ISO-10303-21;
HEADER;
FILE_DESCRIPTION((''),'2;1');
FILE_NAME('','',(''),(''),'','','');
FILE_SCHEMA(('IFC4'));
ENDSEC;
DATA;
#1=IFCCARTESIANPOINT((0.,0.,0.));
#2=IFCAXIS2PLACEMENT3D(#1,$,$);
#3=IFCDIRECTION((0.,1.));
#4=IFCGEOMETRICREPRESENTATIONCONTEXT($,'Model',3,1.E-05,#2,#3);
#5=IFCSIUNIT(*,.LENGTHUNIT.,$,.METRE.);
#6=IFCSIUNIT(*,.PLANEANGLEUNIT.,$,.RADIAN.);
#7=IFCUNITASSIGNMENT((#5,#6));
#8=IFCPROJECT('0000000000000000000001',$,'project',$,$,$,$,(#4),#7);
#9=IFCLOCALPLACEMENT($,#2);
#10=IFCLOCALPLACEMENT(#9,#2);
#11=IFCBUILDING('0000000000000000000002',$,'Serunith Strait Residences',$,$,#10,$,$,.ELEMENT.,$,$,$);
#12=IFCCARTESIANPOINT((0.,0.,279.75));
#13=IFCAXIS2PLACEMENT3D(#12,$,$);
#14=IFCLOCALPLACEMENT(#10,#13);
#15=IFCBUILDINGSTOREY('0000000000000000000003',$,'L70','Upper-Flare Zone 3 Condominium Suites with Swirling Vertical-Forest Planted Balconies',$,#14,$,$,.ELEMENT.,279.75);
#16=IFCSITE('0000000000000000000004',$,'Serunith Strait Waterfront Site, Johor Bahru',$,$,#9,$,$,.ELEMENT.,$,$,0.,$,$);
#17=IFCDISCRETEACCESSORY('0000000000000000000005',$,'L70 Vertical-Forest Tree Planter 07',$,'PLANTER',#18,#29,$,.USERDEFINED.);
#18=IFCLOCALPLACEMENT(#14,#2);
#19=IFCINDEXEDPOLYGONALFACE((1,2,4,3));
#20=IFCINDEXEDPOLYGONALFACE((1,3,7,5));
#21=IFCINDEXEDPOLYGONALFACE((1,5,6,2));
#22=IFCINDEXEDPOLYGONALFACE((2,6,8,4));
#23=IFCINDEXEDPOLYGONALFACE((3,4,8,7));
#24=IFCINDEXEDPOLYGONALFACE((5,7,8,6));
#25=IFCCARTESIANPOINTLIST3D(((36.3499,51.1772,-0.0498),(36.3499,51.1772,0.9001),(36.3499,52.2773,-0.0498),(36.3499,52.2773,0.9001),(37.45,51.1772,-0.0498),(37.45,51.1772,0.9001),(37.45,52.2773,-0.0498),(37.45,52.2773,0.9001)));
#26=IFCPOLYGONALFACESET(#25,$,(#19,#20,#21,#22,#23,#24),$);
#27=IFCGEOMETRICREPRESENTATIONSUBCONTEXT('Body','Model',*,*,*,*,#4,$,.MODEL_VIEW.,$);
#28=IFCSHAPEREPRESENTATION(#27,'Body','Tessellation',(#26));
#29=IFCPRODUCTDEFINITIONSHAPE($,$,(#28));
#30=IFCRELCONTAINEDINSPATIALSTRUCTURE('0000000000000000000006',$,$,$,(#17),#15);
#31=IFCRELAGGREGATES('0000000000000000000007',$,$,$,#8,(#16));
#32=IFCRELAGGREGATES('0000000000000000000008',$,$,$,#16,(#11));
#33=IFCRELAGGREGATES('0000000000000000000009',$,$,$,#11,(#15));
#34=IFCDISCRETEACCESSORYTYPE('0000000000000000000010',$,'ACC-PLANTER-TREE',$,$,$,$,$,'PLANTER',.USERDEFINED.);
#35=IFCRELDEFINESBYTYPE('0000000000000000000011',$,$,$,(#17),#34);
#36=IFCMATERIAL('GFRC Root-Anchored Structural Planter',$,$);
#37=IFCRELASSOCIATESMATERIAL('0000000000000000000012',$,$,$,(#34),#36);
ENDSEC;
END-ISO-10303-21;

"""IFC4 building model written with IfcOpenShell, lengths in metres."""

from ifc_helpers import new_model, si_unit, direction, frame, origin, origin_2d, place, context, subcontext, project, spatial, rectangle, extrude, source, transform, mapped, material, type_object, element, save


model = new_model("IFC4")

# Units and contexts
model_context = context("Model", 3, precision=1e-05, world=origin(), true_north=direction((0.0, 1.0)))
body_context = subcontext(model_context, "Body", "Model", "MODEL_VIEW")
ifc_project = project(units=[si_unit("LENGTHUNIT", "METRE"), si_unit("PLANEANGLEUNIT", "RADIAN")], contexts=[model_context])

# Site, building, storey
site_placement = place(None, origin())
site = spatial("IfcSite", under=ifc_project, at=site_placement, Name="Serunith Strait Waterfront Site, Johor Bahru", CompositionType="ELEMENT", RefElevation=0.0)
building_placement = place(site_placement, origin())
building = spatial("IfcBuilding", under=site, at=building_placement, Name="Serunith Strait Residences", CompositionType="ELEMENT")
storey_placement = place(building_placement, frame((0.0, 0.0, 279.75)))
storey = spatial("IfcBuildingStorey", under=building, at=storey_placement, Name="L70", Description="Upper-Flare Zone 3 Condominium Suites with Swirling Vertical-Forest Planted Balconies", CompositionType="ELEMENT", Elevation=279.75)

# Discrete accessory
ifc_material_1 = material(Name="GFRC Root-Anchored Structural Planter")
discrete_accessory_type = type_object("IfcDiscreteAccessoryType", Name="ACC-PLANTER-TREE", ElementType="PLANTER", PredefinedType="USERDEFINED", material=ifc_material_1)
shared_shape_1 = source(origin(), body_context, "Body", "SweptSolid", [
    extrude(rectangle(XDim=1.1001, YDim=1.1001, at=origin_2d()), origin(), (0.0, 0.0, 1.0), 0.95),
])
discrete_accessory_placement = place(storey_placement, frame((36.8999, 51.7273, -0.0498), z_axis=(0.0, 0.0, 1.0), x_axis=(-1.0, 0.0, 0.0)))
element("IfcDiscreteAccessory", 1, at=discrete_accessory_placement, inside=storey, type_object=discrete_accessory_type, Name="L70 Vertical-Forest Tree Planter 07", ObjectType="PLANTER", PredefinedType="USERDEFINED", context=body_context, shape_type="MappedRepresentation", body=[
    mapped(shared_shape_1, transform((0.0, 0.0, 0.0), scale=1.0)),
])

save(model, "model.ifc")
